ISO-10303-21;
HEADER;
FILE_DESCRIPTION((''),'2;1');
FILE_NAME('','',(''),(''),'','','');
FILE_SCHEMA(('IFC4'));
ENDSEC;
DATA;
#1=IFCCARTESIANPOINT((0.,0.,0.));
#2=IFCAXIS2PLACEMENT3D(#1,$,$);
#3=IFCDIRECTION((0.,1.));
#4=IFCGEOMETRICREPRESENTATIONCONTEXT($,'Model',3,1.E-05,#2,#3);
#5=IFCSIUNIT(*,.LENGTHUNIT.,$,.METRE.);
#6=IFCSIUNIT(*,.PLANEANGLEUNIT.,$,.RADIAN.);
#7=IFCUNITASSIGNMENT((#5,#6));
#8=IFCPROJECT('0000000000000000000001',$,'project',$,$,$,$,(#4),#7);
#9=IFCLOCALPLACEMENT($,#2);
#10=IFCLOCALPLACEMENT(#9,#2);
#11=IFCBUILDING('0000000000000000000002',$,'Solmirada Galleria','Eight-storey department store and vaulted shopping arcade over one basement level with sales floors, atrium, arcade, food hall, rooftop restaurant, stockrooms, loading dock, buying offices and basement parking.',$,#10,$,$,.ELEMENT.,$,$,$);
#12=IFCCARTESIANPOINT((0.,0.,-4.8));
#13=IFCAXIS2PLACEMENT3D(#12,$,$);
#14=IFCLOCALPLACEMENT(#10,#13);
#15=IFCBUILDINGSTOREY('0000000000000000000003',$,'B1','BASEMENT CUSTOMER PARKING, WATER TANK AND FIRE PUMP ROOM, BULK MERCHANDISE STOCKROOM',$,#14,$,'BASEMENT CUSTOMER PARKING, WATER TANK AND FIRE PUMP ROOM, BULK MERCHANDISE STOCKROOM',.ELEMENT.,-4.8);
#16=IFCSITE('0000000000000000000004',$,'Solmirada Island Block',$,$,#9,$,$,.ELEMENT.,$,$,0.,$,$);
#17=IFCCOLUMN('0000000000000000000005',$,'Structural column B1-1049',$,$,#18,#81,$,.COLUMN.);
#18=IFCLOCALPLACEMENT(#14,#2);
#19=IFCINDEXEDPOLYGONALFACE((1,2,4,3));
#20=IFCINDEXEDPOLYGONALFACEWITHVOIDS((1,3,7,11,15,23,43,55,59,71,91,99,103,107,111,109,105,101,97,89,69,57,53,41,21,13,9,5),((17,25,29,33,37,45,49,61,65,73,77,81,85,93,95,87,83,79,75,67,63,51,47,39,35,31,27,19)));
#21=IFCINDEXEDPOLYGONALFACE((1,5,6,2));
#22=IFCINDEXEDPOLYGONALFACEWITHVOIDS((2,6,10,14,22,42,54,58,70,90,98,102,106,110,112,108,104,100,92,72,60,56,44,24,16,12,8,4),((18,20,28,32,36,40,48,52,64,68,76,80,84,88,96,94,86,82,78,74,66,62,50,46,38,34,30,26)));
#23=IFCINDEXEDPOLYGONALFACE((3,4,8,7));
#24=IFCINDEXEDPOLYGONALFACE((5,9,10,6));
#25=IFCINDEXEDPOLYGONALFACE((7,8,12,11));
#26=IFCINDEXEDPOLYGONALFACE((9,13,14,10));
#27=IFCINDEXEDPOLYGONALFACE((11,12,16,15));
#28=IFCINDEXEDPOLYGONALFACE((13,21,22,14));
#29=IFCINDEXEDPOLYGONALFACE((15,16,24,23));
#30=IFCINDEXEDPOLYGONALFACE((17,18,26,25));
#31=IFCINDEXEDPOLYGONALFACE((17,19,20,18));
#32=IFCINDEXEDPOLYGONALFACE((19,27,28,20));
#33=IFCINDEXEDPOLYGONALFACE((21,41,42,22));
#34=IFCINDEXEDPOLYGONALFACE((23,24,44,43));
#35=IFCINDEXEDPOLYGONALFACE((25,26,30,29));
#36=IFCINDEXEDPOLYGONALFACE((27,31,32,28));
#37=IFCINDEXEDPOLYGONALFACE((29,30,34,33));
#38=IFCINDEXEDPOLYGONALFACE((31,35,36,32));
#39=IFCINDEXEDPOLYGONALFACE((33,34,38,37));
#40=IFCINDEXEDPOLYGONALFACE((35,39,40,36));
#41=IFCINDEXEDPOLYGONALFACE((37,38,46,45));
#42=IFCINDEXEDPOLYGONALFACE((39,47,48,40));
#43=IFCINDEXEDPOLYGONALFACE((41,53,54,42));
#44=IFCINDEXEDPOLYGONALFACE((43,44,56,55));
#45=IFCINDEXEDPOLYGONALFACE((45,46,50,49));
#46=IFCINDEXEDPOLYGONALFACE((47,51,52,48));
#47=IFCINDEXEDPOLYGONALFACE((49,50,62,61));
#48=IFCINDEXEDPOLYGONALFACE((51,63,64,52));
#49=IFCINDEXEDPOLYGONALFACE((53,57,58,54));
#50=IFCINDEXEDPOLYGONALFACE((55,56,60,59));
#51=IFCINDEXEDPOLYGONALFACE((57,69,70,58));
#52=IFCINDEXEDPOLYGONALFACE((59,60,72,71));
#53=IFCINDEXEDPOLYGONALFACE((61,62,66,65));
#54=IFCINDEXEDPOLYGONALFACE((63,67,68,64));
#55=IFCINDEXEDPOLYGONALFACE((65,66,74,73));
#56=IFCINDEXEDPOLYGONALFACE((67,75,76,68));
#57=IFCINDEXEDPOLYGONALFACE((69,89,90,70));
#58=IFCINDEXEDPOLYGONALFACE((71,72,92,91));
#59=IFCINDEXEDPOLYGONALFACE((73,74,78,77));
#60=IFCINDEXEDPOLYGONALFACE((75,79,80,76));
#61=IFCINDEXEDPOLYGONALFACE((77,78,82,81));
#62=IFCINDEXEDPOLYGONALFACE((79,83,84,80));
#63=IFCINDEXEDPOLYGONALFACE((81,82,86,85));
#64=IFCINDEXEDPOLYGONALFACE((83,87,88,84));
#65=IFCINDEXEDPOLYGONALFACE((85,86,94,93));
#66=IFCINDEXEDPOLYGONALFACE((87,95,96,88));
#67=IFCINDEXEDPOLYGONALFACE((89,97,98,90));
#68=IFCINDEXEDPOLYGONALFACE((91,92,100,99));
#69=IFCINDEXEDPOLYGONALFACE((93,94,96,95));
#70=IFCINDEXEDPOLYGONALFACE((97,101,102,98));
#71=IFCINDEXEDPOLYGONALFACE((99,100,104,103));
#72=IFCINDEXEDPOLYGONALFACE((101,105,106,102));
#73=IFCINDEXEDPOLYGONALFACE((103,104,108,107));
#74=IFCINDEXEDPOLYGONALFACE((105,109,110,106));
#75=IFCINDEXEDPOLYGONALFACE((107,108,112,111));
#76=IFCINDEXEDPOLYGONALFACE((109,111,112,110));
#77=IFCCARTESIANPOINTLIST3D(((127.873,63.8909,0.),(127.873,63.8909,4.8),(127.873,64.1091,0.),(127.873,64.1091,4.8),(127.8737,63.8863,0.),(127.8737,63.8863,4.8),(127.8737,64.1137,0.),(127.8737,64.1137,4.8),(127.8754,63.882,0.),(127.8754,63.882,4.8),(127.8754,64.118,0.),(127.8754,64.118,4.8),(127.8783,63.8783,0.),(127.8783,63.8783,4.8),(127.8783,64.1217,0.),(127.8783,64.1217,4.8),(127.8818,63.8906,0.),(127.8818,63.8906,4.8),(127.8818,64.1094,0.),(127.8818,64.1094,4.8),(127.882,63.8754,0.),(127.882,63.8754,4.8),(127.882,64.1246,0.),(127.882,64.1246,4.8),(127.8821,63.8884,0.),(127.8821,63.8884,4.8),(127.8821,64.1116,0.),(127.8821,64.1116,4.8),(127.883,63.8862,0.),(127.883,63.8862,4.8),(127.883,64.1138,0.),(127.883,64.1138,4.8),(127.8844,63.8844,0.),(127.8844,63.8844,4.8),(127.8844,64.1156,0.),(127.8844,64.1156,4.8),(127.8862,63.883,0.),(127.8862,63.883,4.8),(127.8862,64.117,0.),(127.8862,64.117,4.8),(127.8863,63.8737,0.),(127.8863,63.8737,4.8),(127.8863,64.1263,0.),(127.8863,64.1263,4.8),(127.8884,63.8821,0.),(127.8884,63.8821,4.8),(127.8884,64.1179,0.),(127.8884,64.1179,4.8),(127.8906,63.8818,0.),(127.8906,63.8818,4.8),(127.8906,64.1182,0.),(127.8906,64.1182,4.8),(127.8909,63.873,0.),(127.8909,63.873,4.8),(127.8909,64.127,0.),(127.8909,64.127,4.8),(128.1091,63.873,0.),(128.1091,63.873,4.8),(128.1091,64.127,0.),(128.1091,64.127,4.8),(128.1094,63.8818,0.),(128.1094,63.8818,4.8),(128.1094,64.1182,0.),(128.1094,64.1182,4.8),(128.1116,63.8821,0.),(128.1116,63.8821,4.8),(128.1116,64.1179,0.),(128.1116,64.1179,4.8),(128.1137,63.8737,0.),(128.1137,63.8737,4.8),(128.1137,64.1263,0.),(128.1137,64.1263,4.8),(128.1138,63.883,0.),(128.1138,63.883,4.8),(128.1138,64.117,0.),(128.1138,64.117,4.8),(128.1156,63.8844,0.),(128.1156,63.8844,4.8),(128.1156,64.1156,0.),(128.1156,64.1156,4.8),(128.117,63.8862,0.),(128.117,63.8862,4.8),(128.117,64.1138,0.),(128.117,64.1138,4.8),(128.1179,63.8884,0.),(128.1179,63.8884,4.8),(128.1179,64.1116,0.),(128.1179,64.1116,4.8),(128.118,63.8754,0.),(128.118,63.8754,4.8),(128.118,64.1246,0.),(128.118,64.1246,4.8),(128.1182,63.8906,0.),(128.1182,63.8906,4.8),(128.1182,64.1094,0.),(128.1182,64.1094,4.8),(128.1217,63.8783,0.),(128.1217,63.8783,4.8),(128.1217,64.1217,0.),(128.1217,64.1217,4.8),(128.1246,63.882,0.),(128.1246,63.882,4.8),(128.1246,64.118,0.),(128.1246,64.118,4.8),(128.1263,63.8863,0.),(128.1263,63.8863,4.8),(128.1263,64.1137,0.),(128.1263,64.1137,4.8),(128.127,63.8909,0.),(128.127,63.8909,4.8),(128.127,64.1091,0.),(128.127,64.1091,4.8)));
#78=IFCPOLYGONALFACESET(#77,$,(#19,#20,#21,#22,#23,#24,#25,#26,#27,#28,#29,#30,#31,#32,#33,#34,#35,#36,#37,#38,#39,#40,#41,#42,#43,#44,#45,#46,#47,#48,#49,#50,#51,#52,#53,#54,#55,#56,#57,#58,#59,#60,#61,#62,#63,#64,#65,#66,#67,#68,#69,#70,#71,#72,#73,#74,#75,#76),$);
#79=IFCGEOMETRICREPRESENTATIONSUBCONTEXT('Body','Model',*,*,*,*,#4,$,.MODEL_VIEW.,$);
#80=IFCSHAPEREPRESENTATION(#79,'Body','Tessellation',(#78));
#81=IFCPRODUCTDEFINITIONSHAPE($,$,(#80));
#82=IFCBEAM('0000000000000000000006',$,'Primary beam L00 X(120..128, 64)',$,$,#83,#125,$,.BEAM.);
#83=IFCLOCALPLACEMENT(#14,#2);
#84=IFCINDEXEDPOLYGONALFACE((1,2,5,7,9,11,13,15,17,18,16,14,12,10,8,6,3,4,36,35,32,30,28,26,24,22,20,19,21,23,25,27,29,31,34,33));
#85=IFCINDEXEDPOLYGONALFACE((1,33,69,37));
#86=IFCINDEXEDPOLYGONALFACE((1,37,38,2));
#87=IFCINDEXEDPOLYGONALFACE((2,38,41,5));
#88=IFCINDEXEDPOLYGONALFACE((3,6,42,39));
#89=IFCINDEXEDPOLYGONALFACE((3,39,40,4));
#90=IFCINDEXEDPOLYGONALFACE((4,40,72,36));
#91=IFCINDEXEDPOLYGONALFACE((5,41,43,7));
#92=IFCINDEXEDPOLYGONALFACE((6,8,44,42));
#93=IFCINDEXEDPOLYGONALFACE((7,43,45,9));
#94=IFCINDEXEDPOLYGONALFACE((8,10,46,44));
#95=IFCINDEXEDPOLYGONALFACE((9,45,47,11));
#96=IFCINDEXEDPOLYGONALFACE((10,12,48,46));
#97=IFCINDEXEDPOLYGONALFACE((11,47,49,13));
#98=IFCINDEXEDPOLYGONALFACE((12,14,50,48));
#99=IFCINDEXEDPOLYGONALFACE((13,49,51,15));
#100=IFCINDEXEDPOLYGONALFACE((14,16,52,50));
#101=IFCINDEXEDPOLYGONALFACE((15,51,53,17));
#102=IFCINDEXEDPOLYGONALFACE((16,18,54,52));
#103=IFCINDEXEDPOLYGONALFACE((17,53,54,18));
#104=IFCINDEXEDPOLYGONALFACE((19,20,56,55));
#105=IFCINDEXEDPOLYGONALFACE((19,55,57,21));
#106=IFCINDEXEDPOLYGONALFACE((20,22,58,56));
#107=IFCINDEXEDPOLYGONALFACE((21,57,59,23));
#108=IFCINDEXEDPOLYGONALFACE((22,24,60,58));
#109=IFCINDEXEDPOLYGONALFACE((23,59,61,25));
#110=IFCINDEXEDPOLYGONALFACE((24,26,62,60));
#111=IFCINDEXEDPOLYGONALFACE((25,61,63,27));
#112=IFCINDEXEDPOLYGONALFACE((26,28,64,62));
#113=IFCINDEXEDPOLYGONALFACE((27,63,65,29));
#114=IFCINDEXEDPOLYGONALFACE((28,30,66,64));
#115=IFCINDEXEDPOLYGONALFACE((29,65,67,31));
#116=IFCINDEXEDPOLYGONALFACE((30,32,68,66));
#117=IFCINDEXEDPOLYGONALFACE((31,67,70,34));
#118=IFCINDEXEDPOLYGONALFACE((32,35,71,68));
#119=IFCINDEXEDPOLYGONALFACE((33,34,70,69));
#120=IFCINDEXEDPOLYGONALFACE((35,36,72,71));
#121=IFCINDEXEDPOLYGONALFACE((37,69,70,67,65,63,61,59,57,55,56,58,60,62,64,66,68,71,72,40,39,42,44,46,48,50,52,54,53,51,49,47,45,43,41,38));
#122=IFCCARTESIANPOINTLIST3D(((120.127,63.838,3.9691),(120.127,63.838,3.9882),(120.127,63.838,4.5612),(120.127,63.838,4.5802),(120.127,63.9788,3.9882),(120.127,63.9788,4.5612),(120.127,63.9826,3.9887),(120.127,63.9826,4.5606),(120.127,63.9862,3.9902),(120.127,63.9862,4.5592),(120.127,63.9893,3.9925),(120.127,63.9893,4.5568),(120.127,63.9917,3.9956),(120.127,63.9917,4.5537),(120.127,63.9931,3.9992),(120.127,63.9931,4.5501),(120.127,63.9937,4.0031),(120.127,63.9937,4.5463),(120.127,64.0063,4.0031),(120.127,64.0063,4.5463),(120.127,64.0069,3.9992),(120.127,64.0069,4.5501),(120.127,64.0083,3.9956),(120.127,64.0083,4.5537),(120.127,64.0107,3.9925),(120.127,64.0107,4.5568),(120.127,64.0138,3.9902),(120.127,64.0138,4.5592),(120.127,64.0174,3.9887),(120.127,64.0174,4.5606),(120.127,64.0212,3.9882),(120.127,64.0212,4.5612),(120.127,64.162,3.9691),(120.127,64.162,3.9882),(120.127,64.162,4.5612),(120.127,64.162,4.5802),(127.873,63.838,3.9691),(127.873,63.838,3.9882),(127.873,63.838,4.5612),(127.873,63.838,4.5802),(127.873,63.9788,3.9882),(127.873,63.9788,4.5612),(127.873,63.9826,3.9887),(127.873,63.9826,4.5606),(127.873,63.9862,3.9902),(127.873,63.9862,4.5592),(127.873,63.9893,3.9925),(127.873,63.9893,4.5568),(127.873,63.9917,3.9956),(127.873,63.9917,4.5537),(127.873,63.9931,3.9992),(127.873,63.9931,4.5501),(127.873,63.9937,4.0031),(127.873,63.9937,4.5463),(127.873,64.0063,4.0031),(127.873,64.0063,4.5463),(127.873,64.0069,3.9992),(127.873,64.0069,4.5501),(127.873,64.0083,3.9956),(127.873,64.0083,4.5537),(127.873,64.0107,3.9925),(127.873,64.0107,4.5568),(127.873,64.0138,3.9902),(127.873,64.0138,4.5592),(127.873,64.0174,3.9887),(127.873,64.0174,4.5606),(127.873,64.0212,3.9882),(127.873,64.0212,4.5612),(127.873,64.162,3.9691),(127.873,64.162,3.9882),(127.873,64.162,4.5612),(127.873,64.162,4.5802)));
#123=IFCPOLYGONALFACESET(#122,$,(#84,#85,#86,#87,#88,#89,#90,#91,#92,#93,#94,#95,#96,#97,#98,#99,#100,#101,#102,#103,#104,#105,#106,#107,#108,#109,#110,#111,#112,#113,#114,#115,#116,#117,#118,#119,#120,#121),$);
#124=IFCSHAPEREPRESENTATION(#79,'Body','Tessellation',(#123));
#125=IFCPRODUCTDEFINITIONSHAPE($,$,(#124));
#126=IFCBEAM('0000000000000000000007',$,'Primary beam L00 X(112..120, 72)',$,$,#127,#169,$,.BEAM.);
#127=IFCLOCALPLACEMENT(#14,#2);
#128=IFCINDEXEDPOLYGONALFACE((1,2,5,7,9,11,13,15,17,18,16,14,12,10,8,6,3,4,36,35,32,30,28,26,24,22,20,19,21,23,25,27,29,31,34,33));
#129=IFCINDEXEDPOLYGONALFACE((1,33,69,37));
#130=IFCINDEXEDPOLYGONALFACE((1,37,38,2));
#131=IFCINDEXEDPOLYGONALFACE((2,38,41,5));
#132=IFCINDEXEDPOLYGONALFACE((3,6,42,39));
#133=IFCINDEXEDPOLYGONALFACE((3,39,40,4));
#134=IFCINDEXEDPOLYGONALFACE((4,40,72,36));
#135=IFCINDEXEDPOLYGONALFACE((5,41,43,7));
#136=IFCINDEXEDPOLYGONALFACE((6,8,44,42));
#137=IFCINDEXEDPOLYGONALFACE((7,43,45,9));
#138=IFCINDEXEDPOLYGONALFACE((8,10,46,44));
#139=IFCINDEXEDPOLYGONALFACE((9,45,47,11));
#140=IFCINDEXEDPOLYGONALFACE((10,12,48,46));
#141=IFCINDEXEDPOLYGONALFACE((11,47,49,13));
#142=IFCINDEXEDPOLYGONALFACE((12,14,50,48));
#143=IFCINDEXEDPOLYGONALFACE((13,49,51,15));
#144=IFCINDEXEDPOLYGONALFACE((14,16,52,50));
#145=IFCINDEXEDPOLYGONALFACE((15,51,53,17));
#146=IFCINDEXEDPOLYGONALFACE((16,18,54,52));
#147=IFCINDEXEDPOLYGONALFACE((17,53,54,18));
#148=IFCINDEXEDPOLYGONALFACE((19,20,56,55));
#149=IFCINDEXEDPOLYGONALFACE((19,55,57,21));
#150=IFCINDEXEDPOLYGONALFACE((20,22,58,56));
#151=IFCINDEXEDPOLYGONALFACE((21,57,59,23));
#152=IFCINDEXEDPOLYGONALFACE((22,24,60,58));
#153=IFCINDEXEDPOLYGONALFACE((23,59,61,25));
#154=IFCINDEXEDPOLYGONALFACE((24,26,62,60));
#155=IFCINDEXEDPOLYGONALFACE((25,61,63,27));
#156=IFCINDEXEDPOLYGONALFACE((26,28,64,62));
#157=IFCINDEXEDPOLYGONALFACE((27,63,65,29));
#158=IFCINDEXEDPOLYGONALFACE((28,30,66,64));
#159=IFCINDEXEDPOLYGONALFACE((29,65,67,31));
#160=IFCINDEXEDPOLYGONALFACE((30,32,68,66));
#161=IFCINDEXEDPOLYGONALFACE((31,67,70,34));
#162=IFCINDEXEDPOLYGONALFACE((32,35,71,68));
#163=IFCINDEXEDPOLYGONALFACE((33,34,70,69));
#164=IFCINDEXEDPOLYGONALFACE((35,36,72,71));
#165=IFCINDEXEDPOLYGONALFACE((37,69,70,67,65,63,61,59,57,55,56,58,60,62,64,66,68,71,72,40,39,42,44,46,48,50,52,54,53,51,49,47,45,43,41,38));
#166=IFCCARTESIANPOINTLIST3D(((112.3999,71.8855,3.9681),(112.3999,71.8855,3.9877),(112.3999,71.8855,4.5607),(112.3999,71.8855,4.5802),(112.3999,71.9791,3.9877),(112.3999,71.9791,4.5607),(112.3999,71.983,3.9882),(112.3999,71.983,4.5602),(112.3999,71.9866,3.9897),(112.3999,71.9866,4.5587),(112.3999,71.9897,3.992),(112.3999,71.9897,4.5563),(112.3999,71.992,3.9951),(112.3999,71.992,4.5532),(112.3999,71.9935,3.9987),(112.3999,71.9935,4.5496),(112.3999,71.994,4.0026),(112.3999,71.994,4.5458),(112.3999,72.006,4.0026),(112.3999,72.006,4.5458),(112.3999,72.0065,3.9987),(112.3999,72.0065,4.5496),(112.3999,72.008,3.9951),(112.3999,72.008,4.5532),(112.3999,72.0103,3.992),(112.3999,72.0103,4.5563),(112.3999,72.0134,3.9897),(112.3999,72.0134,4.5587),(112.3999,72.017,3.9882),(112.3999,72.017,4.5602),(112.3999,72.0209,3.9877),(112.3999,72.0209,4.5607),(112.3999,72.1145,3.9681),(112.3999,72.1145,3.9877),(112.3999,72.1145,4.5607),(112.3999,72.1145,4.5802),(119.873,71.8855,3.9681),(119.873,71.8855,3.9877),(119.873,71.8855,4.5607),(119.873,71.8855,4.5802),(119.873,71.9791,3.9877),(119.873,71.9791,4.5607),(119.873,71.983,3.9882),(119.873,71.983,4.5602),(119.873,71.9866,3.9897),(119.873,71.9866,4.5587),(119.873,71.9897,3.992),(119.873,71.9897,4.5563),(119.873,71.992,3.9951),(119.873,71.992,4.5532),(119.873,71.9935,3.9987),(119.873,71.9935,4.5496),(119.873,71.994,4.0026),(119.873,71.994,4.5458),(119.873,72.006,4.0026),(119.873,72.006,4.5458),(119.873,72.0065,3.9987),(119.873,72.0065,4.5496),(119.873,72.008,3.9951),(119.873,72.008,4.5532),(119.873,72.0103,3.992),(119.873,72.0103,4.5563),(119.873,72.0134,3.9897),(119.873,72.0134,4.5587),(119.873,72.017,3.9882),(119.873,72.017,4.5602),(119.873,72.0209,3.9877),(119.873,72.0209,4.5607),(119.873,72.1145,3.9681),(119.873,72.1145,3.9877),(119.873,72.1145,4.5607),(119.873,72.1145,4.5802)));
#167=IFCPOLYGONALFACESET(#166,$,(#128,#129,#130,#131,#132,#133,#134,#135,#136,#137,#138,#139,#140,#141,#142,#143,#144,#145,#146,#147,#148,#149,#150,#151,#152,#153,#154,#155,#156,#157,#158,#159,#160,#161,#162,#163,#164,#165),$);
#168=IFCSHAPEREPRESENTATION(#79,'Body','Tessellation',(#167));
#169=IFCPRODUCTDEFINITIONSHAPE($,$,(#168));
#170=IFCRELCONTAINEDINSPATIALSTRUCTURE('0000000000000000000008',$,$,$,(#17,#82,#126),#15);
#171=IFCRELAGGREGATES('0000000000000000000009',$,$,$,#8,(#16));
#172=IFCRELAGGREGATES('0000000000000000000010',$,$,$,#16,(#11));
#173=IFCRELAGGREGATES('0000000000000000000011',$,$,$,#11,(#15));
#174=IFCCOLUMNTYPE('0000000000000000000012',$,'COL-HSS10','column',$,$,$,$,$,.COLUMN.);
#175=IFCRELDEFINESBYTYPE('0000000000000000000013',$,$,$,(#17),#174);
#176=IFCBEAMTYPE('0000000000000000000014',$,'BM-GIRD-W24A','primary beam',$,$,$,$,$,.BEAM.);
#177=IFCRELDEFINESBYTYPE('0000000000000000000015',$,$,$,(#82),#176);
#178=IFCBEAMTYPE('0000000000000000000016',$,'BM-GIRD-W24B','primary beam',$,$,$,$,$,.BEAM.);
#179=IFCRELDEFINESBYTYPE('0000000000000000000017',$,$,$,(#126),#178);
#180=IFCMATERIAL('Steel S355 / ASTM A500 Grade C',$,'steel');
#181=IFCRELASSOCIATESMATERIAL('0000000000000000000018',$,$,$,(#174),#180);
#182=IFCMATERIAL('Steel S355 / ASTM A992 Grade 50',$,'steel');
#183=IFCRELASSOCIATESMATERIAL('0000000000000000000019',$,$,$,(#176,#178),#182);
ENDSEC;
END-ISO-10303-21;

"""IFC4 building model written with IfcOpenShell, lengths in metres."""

from ifc_helpers import new_model, si_unit, direction, frame, origin, origin_2d, place, context, subcontext, project, spatial, hollow_rectangle, i_section, extrude, material, material_profile, profile_set, type_object, element, save


model = new_model("IFC4")

# Units and contexts
model_context = context("Model", 3, precision=1e-05, world=origin(), true_north=direction((0.0, 1.0)))
body_context = subcontext(model_context, "Body", "Model", "MODEL_VIEW")
ifc_project = project(units=[si_unit("LENGTHUNIT", "METRE"), si_unit("PLANEANGLEUNIT", "RADIAN")], contexts=[model_context])

# Site, building, storey
site_placement = place(None, origin())
site = spatial("IfcSite", under=ifc_project, at=site_placement, Name="Solmirada Island Block", CompositionType="ELEMENT", RefElevation=0.0)
building_placement = place(site_placement, origin())
building = spatial("IfcBuilding", under=site, at=building_placement, Name="Solmirada Galleria", Description="Eight-storey department store and vaulted shopping arcade over one basement level with sales floors, atrium, arcade, food hall, rooftop restaurant, stockrooms, loading dock, buying offices and basement parking.", CompositionType="ELEMENT")
storey_placement = place(building_placement, frame((0.0, 0.0, -4.8)))
storey = spatial("IfcBuildingStorey", under=building, at=storey_placement, Name="B1", Description="BASEMENT CUSTOMER PARKING, WATER TANK AND FIRE PUMP ROOM, BULK MERCHANDISE STOCKROOM", LongName="BASEMENT CUSTOMER PARKING, WATER TANK AND FIRE PUMP ROOM, BULK MERCHANDISE STOCKROOM", CompositionType="ELEMENT", Elevation=-4.8)

# Column
ifc_material_1 = material(Name="Steel S355 / ASTM A500 Grade C", Category="steel")
ifc_material_profile_1 = material_profile(ifc_material_1, hollow_rectangle(XDim=0.2539, YDim=0.2539, WallThickness=0.0088, InnerFilletRadius=0.0088, OuterFilletRadius=0.0178, at=origin_2d()), Name="HSS10X10X3/8")
ifc_profile_set_1 = profile_set([ifc_material_profile_1], Name="Steel S355 / ASTM A500 Grade C")
column_type = type_object("IfcColumnType", Name="COL-HSS10", Description="column", PredefinedType="COLUMN", material=ifc_profile_set_1)
for number, where, z_axis, x_axis, name in (
    (1, (128.0, 64.0, 0.0), (0.0, 0.0, 1.0), (1.0, 0.0, 0.0), "Structural column B1-1049"),
):
    element("IfcColumn", number, at=place(storey_placement, frame(where, z_axis=z_axis, x_axis=x_axis)), inside=storey, type_object=column_type, Name=name, PredefinedType="COLUMN", context=body_context, shape_type="SweptSolid", body=[
        extrude(hollow_rectangle(XDim=0.2539, YDim=0.2539, WallThickness=0.0088, InnerFilletRadius=0.0088, OuterFilletRadius=0.0178, at=origin_2d()), origin(), (0.0, 0.0, 1.0), 4.8),
    ])

# Beams
ifc_material_2 = material(Name="Steel S355 / ASTM A992 Grade 50", Category="steel")
ifc_material_profile_2 = material_profile(ifc_material_2, i_section(OverallWidth=0.324, OverallDepth=0.6111, WebThickness=0.0127, FlangeThickness=0.019, FilletRadius=0.0149, at=origin_2d()), Name="W24X104")
ifc_profile_set_2 = profile_set([ifc_material_profile_2], Name="Steel S355 / ASTM A992 Grade 50")
beam_type_1 = type_object("IfcBeamType", Name="BM-GIRD-W24A", Description="primary beam", PredefinedType="BEAM", material=ifc_profile_set_2)
beam_1_placement = place(storey_placement, frame((120.127, 64.0, 4.2747), z_axis=(1.0, 0.0, 0.0), x_axis=(0.0, 1.0, 0.0)))
element("IfcBeam", 2, at=beam_1_placement, inside=storey, type_object=beam_type_1, Name="Primary beam L00 X(120..128, 64)", PredefinedType="BEAM", context=body_context, shape_type="SweptSolid", body=[
    extrude(i_section(OverallWidth=0.324, OverallDepth=0.6111, WebThickness=0.0127, FlangeThickness=0.019, FilletRadius=0.0149, at=origin_2d()), origin(), (0.0, 0.0, 1.0), 7.7461),
])
ifc_material_profile_3 = material_profile(ifc_material_2, i_section(OverallWidth=0.229, OverallDepth=0.6121, WebThickness=0.012, FlangeThickness=0.0195, FilletRadius=0.0149, at=origin_2d()), Name="W24X84")
ifc_profile_set_3 = profile_set([ifc_material_profile_3], Name="Steel S355 / ASTM A992 Grade 50")
beam_type_2 = type_object("IfcBeamType", Name="BM-GIRD-W24B", Description="primary beam", PredefinedType="BEAM", material=ifc_profile_set_3)
beam_2_placement = place(storey_placement, frame((112.3999, 72.0, 4.2742), z_axis=(1.0, 0.0, 0.0), x_axis=(0.0, 1.0, 0.0)))
element("IfcBeam", 3, at=beam_2_placement, inside=storey, type_object=beam_type_2, Name="Primary beam L00 X(112..120, 72)", PredefinedType="BEAM", context=body_context, shape_type="SweptSolid", body=[
    extrude(i_section(OverallWidth=0.229, OverallDepth=0.6121, WebThickness=0.012, FlangeThickness=0.0195, FilletRadius=0.0149, at=origin_2d()), origin(), (0.0, 0.0, 1.0), 7.4731),
])

save(model, "model.ifc")
